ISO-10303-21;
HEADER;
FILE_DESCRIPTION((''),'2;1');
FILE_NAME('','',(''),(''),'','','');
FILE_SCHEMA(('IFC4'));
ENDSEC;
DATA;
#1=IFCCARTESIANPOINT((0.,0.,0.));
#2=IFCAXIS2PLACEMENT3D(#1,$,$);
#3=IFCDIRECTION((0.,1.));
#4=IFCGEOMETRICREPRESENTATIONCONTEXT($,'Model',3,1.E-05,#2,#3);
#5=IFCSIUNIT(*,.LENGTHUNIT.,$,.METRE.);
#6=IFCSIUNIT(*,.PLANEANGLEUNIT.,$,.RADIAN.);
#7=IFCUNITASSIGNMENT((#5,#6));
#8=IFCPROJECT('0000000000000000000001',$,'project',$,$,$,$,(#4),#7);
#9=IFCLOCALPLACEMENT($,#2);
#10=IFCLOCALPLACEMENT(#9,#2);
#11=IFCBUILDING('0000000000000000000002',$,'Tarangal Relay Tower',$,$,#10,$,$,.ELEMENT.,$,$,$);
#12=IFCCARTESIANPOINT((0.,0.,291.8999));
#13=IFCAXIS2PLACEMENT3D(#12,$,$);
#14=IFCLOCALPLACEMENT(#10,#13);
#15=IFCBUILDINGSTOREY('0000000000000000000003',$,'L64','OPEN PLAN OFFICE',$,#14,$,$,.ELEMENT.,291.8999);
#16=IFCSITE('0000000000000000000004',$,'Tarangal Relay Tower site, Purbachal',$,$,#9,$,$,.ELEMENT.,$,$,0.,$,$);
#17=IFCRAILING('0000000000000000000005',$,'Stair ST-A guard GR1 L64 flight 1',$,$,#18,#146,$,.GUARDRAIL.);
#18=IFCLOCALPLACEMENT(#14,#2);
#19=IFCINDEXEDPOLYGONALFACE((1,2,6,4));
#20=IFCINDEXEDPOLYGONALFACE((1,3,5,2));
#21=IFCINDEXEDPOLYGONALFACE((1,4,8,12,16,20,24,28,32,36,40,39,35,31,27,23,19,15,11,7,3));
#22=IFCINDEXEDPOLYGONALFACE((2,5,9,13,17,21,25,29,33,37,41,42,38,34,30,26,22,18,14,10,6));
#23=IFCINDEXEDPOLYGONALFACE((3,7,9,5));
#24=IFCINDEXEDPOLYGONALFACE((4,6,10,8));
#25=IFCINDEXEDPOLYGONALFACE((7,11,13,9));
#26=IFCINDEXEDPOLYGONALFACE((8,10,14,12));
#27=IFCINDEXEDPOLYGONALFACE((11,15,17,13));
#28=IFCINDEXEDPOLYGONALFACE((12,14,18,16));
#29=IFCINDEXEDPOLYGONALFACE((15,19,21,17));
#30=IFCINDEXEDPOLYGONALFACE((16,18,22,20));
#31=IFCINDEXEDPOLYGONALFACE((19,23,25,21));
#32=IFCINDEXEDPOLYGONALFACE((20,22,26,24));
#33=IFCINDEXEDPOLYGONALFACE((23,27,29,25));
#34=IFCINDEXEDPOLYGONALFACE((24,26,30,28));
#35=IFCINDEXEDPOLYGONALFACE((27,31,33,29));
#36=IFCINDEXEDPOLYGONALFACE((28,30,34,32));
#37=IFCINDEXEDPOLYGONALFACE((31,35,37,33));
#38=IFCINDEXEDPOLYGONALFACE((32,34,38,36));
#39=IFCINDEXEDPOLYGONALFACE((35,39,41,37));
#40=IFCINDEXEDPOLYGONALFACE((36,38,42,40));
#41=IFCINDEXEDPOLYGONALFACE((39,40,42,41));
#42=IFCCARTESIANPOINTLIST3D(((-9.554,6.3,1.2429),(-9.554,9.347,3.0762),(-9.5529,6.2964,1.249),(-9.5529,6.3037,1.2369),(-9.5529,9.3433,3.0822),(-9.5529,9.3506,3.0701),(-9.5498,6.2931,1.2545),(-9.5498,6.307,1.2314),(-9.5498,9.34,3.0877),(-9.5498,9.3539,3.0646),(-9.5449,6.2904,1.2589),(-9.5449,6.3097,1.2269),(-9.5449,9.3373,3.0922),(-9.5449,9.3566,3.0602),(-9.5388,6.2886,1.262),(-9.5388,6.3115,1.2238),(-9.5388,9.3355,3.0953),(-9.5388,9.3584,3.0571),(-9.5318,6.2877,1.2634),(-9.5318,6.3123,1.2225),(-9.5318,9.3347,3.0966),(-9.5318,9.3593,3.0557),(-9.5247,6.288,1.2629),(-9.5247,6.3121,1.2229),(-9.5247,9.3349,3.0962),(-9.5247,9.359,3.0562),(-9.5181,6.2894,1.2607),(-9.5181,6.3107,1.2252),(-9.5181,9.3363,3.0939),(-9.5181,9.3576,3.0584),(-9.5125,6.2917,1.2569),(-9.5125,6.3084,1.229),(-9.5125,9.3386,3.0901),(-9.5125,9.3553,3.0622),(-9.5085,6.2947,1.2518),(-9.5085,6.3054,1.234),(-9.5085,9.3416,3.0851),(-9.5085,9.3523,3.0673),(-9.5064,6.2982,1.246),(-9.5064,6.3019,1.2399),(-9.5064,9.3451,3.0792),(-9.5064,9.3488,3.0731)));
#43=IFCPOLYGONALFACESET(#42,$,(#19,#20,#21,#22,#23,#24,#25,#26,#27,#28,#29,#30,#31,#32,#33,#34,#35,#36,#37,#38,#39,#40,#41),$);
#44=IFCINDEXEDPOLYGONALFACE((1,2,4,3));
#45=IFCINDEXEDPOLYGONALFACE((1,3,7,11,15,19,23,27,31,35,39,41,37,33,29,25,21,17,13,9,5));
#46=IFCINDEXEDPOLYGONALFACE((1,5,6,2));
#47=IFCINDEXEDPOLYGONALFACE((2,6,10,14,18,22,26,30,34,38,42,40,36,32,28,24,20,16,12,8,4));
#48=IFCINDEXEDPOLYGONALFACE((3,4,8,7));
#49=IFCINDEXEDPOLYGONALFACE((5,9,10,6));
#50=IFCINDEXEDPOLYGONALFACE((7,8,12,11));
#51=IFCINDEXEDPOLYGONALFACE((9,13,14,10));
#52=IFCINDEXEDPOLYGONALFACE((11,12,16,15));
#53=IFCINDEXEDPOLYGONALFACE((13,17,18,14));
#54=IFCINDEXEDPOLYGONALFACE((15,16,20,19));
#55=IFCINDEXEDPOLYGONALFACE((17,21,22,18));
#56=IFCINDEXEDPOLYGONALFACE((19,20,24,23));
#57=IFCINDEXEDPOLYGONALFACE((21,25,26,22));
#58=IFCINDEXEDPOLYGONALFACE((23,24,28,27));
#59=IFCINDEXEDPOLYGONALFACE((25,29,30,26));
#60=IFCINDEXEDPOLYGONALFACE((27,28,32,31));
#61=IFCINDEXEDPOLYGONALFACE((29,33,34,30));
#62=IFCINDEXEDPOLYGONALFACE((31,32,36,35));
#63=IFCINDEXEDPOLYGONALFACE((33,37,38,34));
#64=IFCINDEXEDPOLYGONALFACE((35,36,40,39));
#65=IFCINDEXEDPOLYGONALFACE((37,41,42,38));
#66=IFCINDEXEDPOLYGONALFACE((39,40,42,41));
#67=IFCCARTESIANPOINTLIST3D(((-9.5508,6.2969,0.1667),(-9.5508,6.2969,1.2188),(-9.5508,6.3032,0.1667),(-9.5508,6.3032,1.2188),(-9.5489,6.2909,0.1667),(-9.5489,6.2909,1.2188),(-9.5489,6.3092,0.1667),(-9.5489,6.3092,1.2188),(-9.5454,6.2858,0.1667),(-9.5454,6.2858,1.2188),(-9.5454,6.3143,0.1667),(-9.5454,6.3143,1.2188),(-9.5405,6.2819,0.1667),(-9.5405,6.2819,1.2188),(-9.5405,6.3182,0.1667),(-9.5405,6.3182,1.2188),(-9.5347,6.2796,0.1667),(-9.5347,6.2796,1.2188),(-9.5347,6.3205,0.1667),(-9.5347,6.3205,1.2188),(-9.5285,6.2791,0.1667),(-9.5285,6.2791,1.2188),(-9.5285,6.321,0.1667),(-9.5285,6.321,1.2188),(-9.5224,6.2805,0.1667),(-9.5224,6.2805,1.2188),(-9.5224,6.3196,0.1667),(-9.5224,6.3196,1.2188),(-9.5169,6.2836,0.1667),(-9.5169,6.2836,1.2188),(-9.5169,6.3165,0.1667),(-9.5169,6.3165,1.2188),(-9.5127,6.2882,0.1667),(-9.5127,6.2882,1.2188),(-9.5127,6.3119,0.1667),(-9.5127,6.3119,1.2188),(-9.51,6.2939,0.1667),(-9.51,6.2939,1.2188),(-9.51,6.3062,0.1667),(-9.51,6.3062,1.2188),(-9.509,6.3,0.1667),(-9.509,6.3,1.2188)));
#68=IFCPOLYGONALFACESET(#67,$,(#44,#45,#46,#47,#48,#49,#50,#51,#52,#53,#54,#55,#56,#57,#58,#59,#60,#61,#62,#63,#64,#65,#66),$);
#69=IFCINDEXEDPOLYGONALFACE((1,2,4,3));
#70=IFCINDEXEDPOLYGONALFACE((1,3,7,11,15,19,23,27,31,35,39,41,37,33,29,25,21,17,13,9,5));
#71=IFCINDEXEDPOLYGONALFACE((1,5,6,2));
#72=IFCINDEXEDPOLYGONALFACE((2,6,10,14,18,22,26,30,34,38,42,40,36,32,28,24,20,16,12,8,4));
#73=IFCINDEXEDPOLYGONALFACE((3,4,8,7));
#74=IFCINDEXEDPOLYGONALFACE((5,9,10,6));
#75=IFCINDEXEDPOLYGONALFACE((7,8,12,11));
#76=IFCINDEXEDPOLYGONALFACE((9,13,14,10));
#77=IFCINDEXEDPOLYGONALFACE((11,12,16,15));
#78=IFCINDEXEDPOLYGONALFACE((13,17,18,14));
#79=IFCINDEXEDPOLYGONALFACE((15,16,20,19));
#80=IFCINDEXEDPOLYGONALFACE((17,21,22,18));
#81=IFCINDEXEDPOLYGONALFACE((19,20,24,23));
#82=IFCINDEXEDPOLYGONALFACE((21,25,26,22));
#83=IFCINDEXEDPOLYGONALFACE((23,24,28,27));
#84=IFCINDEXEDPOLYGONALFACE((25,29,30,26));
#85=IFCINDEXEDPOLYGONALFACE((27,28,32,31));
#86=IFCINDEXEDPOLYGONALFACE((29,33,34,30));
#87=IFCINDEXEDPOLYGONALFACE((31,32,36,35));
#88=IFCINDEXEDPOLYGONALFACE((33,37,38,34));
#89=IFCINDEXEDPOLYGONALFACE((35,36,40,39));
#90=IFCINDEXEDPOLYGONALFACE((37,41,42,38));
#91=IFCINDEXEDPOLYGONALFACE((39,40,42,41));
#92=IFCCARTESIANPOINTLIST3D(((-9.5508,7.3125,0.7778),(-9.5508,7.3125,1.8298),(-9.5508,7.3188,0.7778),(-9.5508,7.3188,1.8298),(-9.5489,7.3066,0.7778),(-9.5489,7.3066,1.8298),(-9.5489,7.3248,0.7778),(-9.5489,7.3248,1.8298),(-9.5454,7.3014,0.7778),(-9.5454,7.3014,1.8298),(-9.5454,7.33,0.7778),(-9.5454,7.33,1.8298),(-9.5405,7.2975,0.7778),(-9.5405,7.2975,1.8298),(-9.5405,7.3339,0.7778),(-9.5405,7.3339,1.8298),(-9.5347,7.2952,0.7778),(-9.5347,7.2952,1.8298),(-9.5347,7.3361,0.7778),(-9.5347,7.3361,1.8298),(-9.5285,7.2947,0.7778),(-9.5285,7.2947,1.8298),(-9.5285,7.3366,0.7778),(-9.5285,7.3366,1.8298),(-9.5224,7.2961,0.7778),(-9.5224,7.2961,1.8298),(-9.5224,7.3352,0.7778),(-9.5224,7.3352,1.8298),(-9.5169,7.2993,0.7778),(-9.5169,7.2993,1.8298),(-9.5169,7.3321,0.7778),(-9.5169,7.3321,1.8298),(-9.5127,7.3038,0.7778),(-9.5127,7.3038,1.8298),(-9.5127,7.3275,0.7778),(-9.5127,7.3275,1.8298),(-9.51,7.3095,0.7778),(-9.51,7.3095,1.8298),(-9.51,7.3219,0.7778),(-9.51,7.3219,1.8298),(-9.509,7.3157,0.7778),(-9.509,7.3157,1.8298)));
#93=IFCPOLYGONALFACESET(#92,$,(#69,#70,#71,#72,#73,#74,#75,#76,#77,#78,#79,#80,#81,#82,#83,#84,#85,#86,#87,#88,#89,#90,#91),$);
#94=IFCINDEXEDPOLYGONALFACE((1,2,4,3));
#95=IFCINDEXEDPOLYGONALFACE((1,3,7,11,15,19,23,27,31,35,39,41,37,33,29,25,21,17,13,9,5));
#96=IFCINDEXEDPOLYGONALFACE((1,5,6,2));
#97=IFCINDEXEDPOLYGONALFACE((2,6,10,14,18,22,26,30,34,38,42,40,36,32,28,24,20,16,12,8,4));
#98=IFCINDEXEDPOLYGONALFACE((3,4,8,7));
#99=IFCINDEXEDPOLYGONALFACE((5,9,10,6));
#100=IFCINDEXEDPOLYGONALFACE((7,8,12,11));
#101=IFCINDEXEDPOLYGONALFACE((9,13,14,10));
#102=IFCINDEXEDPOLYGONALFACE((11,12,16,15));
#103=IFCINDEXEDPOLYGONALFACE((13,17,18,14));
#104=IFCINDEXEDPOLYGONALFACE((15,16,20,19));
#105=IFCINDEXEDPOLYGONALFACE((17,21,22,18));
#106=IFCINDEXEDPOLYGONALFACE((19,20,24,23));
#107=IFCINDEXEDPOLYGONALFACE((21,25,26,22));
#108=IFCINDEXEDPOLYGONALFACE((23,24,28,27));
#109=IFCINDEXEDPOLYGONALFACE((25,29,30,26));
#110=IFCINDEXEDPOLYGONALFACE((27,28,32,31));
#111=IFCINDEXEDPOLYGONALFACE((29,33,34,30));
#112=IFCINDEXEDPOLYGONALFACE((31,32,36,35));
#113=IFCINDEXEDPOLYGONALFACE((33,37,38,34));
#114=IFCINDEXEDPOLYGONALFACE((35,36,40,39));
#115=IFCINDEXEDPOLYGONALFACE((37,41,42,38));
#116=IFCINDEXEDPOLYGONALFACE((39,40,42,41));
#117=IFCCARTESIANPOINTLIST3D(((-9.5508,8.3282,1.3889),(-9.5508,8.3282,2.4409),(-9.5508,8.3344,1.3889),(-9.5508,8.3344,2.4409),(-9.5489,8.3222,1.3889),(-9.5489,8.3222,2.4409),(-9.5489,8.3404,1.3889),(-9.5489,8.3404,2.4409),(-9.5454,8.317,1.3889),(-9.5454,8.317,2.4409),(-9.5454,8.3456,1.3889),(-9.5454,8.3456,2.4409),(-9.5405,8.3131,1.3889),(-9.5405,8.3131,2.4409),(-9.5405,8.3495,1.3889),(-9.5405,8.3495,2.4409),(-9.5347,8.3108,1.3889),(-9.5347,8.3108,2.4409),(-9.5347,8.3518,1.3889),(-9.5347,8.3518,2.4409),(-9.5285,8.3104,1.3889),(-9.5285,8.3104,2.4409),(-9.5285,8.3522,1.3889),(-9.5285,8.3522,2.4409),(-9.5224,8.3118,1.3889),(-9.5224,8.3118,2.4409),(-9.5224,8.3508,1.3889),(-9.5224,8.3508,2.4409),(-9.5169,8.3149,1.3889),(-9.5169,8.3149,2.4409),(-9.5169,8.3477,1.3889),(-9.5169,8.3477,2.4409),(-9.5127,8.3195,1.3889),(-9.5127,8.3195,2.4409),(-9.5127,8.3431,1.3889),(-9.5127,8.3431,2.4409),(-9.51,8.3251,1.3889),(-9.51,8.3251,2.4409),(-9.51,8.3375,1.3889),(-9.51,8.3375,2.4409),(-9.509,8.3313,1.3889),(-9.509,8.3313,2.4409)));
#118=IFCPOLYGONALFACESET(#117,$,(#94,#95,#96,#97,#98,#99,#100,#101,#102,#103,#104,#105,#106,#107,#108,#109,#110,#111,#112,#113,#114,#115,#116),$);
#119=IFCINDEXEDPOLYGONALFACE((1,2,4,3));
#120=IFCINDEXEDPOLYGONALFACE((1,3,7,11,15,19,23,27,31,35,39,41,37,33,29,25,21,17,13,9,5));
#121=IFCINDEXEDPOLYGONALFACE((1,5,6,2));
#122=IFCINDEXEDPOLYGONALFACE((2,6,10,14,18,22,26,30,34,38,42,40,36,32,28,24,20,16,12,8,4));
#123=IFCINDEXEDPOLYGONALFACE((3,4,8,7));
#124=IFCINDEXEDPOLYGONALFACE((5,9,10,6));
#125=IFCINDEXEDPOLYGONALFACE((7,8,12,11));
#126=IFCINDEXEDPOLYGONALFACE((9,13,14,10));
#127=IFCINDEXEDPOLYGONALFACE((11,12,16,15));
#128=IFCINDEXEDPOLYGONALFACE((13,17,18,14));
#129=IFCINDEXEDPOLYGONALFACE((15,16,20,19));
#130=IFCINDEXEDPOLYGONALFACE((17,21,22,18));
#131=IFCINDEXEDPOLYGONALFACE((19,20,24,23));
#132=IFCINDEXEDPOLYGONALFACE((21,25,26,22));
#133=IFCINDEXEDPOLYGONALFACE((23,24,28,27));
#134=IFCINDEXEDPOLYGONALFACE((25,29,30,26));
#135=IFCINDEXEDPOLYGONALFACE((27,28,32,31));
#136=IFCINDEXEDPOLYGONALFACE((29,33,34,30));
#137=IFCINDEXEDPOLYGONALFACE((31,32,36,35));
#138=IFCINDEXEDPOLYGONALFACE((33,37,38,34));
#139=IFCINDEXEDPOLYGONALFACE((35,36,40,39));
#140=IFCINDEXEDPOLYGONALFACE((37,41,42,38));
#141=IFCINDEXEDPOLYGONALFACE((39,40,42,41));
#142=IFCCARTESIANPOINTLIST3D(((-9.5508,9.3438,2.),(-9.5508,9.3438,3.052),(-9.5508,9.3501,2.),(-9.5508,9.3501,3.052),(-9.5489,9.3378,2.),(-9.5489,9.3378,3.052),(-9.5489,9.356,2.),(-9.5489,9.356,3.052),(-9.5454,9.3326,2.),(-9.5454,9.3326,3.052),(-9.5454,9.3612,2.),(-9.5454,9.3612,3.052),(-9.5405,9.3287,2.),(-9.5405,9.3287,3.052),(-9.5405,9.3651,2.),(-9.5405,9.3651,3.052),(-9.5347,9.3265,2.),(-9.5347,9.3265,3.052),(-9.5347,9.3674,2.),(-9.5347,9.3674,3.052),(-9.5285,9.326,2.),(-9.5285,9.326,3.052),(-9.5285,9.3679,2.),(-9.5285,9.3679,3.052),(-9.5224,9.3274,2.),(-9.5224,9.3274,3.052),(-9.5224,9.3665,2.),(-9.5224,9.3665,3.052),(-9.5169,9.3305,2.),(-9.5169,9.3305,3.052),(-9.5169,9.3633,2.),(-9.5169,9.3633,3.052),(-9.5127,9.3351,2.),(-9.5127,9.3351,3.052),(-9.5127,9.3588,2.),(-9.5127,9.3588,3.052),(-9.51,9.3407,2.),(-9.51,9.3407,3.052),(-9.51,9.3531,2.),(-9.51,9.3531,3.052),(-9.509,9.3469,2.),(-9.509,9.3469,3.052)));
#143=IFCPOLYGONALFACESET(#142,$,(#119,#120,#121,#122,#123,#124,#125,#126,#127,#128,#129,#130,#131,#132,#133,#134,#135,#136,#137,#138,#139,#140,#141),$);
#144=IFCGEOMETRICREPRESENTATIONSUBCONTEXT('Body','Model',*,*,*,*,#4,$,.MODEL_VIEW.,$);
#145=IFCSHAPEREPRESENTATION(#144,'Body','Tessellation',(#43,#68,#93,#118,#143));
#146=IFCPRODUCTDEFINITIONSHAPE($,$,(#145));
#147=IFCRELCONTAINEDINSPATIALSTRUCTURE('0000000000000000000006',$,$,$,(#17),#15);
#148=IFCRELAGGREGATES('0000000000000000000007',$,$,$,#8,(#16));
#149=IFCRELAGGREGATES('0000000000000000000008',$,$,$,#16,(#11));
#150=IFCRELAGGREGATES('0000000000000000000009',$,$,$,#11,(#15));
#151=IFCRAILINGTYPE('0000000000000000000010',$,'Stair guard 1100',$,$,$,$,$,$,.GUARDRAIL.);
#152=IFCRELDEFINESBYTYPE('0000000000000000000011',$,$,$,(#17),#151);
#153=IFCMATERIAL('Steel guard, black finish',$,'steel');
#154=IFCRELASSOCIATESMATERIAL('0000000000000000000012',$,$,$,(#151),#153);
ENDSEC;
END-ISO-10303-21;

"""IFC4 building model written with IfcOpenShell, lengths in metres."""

from ifc_helpers import new_model, si_unit, direction, frame, origin, origin_2d, place, context, subcontext, project, spatial, circle, extrude, material, type_object, element, save


model = new_model("IFC4")

# Units and contexts
model_context = context("Model", 3, precision=1e-05, world=origin(), true_north=direction((0.0, 1.0)))
body_context = subcontext(model_context, "Body", "Model", "MODEL_VIEW")
ifc_project = project(units=[si_unit("LENGTHUNIT", "METRE"), si_unit("PLANEANGLEUNIT", "RADIAN")], contexts=[model_context])

# Site, building, storey
site_placement = place(None, origin())
site = spatial("IfcSite", under=ifc_project, at=site_placement, Name="Tarangal Relay Tower site, Purbachal", CompositionType="ELEMENT", RefElevation=0.0)
building_placement = place(site_placement, origin())
building = spatial("IfcBuilding", under=site, at=building_placement, Name="Tarangal Relay Tower", CompositionType="ELEMENT")
storey_placement = place(building_placement, frame((0.0, 0.0, 291.8999)))
storey = spatial("IfcBuildingStorey", under=building, at=storey_placement, Name="L64", Description="OPEN PLAN OFFICE", CompositionType="ELEMENT", Elevation=291.8999)

# Railing
ifc_material_1 = material(Name="Steel guard, black finish", Category="steel")
railing_type_1 = type_object("IfcRailingType", Name="Stair guard 1100", PredefinedType="GUARDRAIL", material=ifc_material_1)
railing_1_placement = place(storey_placement, frame((-9.53, 6.3, 0.1667)))
element("IfcRailing", 1, at=railing_1_placement, inside=storey, type_object=railing_type_1, Name="Stair ST-A guard GR1 L64 flight 1", PredefinedType="GUARDRAIL", context=body_context, shape_type="SweptSolid", body=[
    extrude(circle(Radius=0.0239, at=origin_2d()), frame((0.0, 0.0, 1.0762), z_axis=(0.0, 0.856856, 0.515556), x_axis=(-1.0, 0.0, 0.0)), (0.0, 0.0, 1.0), 3.5559),
    extrude(circle(Radius=0.021, at=origin_2d()), origin(), (0.0, 0.0, 1.0), 1.052),
    extrude(circle(Radius=0.021, at=origin_2d()), frame((0.0, 1.0156, 0.6111)), (0.0, 0.0, 1.0), 1.052),
    extrude(circle(Radius=0.021, at=origin_2d()), frame((0.0, 2.0312, 1.2222)), (0.0, 0.0, 1.0), 1.052),
    extrude(circle(Radius=0.021, at=origin_2d()), frame((0.0, 3.0469, 1.8333)), (0.0, 0.0, 1.0), 1.052),
])

save(model, "model.ifc")
